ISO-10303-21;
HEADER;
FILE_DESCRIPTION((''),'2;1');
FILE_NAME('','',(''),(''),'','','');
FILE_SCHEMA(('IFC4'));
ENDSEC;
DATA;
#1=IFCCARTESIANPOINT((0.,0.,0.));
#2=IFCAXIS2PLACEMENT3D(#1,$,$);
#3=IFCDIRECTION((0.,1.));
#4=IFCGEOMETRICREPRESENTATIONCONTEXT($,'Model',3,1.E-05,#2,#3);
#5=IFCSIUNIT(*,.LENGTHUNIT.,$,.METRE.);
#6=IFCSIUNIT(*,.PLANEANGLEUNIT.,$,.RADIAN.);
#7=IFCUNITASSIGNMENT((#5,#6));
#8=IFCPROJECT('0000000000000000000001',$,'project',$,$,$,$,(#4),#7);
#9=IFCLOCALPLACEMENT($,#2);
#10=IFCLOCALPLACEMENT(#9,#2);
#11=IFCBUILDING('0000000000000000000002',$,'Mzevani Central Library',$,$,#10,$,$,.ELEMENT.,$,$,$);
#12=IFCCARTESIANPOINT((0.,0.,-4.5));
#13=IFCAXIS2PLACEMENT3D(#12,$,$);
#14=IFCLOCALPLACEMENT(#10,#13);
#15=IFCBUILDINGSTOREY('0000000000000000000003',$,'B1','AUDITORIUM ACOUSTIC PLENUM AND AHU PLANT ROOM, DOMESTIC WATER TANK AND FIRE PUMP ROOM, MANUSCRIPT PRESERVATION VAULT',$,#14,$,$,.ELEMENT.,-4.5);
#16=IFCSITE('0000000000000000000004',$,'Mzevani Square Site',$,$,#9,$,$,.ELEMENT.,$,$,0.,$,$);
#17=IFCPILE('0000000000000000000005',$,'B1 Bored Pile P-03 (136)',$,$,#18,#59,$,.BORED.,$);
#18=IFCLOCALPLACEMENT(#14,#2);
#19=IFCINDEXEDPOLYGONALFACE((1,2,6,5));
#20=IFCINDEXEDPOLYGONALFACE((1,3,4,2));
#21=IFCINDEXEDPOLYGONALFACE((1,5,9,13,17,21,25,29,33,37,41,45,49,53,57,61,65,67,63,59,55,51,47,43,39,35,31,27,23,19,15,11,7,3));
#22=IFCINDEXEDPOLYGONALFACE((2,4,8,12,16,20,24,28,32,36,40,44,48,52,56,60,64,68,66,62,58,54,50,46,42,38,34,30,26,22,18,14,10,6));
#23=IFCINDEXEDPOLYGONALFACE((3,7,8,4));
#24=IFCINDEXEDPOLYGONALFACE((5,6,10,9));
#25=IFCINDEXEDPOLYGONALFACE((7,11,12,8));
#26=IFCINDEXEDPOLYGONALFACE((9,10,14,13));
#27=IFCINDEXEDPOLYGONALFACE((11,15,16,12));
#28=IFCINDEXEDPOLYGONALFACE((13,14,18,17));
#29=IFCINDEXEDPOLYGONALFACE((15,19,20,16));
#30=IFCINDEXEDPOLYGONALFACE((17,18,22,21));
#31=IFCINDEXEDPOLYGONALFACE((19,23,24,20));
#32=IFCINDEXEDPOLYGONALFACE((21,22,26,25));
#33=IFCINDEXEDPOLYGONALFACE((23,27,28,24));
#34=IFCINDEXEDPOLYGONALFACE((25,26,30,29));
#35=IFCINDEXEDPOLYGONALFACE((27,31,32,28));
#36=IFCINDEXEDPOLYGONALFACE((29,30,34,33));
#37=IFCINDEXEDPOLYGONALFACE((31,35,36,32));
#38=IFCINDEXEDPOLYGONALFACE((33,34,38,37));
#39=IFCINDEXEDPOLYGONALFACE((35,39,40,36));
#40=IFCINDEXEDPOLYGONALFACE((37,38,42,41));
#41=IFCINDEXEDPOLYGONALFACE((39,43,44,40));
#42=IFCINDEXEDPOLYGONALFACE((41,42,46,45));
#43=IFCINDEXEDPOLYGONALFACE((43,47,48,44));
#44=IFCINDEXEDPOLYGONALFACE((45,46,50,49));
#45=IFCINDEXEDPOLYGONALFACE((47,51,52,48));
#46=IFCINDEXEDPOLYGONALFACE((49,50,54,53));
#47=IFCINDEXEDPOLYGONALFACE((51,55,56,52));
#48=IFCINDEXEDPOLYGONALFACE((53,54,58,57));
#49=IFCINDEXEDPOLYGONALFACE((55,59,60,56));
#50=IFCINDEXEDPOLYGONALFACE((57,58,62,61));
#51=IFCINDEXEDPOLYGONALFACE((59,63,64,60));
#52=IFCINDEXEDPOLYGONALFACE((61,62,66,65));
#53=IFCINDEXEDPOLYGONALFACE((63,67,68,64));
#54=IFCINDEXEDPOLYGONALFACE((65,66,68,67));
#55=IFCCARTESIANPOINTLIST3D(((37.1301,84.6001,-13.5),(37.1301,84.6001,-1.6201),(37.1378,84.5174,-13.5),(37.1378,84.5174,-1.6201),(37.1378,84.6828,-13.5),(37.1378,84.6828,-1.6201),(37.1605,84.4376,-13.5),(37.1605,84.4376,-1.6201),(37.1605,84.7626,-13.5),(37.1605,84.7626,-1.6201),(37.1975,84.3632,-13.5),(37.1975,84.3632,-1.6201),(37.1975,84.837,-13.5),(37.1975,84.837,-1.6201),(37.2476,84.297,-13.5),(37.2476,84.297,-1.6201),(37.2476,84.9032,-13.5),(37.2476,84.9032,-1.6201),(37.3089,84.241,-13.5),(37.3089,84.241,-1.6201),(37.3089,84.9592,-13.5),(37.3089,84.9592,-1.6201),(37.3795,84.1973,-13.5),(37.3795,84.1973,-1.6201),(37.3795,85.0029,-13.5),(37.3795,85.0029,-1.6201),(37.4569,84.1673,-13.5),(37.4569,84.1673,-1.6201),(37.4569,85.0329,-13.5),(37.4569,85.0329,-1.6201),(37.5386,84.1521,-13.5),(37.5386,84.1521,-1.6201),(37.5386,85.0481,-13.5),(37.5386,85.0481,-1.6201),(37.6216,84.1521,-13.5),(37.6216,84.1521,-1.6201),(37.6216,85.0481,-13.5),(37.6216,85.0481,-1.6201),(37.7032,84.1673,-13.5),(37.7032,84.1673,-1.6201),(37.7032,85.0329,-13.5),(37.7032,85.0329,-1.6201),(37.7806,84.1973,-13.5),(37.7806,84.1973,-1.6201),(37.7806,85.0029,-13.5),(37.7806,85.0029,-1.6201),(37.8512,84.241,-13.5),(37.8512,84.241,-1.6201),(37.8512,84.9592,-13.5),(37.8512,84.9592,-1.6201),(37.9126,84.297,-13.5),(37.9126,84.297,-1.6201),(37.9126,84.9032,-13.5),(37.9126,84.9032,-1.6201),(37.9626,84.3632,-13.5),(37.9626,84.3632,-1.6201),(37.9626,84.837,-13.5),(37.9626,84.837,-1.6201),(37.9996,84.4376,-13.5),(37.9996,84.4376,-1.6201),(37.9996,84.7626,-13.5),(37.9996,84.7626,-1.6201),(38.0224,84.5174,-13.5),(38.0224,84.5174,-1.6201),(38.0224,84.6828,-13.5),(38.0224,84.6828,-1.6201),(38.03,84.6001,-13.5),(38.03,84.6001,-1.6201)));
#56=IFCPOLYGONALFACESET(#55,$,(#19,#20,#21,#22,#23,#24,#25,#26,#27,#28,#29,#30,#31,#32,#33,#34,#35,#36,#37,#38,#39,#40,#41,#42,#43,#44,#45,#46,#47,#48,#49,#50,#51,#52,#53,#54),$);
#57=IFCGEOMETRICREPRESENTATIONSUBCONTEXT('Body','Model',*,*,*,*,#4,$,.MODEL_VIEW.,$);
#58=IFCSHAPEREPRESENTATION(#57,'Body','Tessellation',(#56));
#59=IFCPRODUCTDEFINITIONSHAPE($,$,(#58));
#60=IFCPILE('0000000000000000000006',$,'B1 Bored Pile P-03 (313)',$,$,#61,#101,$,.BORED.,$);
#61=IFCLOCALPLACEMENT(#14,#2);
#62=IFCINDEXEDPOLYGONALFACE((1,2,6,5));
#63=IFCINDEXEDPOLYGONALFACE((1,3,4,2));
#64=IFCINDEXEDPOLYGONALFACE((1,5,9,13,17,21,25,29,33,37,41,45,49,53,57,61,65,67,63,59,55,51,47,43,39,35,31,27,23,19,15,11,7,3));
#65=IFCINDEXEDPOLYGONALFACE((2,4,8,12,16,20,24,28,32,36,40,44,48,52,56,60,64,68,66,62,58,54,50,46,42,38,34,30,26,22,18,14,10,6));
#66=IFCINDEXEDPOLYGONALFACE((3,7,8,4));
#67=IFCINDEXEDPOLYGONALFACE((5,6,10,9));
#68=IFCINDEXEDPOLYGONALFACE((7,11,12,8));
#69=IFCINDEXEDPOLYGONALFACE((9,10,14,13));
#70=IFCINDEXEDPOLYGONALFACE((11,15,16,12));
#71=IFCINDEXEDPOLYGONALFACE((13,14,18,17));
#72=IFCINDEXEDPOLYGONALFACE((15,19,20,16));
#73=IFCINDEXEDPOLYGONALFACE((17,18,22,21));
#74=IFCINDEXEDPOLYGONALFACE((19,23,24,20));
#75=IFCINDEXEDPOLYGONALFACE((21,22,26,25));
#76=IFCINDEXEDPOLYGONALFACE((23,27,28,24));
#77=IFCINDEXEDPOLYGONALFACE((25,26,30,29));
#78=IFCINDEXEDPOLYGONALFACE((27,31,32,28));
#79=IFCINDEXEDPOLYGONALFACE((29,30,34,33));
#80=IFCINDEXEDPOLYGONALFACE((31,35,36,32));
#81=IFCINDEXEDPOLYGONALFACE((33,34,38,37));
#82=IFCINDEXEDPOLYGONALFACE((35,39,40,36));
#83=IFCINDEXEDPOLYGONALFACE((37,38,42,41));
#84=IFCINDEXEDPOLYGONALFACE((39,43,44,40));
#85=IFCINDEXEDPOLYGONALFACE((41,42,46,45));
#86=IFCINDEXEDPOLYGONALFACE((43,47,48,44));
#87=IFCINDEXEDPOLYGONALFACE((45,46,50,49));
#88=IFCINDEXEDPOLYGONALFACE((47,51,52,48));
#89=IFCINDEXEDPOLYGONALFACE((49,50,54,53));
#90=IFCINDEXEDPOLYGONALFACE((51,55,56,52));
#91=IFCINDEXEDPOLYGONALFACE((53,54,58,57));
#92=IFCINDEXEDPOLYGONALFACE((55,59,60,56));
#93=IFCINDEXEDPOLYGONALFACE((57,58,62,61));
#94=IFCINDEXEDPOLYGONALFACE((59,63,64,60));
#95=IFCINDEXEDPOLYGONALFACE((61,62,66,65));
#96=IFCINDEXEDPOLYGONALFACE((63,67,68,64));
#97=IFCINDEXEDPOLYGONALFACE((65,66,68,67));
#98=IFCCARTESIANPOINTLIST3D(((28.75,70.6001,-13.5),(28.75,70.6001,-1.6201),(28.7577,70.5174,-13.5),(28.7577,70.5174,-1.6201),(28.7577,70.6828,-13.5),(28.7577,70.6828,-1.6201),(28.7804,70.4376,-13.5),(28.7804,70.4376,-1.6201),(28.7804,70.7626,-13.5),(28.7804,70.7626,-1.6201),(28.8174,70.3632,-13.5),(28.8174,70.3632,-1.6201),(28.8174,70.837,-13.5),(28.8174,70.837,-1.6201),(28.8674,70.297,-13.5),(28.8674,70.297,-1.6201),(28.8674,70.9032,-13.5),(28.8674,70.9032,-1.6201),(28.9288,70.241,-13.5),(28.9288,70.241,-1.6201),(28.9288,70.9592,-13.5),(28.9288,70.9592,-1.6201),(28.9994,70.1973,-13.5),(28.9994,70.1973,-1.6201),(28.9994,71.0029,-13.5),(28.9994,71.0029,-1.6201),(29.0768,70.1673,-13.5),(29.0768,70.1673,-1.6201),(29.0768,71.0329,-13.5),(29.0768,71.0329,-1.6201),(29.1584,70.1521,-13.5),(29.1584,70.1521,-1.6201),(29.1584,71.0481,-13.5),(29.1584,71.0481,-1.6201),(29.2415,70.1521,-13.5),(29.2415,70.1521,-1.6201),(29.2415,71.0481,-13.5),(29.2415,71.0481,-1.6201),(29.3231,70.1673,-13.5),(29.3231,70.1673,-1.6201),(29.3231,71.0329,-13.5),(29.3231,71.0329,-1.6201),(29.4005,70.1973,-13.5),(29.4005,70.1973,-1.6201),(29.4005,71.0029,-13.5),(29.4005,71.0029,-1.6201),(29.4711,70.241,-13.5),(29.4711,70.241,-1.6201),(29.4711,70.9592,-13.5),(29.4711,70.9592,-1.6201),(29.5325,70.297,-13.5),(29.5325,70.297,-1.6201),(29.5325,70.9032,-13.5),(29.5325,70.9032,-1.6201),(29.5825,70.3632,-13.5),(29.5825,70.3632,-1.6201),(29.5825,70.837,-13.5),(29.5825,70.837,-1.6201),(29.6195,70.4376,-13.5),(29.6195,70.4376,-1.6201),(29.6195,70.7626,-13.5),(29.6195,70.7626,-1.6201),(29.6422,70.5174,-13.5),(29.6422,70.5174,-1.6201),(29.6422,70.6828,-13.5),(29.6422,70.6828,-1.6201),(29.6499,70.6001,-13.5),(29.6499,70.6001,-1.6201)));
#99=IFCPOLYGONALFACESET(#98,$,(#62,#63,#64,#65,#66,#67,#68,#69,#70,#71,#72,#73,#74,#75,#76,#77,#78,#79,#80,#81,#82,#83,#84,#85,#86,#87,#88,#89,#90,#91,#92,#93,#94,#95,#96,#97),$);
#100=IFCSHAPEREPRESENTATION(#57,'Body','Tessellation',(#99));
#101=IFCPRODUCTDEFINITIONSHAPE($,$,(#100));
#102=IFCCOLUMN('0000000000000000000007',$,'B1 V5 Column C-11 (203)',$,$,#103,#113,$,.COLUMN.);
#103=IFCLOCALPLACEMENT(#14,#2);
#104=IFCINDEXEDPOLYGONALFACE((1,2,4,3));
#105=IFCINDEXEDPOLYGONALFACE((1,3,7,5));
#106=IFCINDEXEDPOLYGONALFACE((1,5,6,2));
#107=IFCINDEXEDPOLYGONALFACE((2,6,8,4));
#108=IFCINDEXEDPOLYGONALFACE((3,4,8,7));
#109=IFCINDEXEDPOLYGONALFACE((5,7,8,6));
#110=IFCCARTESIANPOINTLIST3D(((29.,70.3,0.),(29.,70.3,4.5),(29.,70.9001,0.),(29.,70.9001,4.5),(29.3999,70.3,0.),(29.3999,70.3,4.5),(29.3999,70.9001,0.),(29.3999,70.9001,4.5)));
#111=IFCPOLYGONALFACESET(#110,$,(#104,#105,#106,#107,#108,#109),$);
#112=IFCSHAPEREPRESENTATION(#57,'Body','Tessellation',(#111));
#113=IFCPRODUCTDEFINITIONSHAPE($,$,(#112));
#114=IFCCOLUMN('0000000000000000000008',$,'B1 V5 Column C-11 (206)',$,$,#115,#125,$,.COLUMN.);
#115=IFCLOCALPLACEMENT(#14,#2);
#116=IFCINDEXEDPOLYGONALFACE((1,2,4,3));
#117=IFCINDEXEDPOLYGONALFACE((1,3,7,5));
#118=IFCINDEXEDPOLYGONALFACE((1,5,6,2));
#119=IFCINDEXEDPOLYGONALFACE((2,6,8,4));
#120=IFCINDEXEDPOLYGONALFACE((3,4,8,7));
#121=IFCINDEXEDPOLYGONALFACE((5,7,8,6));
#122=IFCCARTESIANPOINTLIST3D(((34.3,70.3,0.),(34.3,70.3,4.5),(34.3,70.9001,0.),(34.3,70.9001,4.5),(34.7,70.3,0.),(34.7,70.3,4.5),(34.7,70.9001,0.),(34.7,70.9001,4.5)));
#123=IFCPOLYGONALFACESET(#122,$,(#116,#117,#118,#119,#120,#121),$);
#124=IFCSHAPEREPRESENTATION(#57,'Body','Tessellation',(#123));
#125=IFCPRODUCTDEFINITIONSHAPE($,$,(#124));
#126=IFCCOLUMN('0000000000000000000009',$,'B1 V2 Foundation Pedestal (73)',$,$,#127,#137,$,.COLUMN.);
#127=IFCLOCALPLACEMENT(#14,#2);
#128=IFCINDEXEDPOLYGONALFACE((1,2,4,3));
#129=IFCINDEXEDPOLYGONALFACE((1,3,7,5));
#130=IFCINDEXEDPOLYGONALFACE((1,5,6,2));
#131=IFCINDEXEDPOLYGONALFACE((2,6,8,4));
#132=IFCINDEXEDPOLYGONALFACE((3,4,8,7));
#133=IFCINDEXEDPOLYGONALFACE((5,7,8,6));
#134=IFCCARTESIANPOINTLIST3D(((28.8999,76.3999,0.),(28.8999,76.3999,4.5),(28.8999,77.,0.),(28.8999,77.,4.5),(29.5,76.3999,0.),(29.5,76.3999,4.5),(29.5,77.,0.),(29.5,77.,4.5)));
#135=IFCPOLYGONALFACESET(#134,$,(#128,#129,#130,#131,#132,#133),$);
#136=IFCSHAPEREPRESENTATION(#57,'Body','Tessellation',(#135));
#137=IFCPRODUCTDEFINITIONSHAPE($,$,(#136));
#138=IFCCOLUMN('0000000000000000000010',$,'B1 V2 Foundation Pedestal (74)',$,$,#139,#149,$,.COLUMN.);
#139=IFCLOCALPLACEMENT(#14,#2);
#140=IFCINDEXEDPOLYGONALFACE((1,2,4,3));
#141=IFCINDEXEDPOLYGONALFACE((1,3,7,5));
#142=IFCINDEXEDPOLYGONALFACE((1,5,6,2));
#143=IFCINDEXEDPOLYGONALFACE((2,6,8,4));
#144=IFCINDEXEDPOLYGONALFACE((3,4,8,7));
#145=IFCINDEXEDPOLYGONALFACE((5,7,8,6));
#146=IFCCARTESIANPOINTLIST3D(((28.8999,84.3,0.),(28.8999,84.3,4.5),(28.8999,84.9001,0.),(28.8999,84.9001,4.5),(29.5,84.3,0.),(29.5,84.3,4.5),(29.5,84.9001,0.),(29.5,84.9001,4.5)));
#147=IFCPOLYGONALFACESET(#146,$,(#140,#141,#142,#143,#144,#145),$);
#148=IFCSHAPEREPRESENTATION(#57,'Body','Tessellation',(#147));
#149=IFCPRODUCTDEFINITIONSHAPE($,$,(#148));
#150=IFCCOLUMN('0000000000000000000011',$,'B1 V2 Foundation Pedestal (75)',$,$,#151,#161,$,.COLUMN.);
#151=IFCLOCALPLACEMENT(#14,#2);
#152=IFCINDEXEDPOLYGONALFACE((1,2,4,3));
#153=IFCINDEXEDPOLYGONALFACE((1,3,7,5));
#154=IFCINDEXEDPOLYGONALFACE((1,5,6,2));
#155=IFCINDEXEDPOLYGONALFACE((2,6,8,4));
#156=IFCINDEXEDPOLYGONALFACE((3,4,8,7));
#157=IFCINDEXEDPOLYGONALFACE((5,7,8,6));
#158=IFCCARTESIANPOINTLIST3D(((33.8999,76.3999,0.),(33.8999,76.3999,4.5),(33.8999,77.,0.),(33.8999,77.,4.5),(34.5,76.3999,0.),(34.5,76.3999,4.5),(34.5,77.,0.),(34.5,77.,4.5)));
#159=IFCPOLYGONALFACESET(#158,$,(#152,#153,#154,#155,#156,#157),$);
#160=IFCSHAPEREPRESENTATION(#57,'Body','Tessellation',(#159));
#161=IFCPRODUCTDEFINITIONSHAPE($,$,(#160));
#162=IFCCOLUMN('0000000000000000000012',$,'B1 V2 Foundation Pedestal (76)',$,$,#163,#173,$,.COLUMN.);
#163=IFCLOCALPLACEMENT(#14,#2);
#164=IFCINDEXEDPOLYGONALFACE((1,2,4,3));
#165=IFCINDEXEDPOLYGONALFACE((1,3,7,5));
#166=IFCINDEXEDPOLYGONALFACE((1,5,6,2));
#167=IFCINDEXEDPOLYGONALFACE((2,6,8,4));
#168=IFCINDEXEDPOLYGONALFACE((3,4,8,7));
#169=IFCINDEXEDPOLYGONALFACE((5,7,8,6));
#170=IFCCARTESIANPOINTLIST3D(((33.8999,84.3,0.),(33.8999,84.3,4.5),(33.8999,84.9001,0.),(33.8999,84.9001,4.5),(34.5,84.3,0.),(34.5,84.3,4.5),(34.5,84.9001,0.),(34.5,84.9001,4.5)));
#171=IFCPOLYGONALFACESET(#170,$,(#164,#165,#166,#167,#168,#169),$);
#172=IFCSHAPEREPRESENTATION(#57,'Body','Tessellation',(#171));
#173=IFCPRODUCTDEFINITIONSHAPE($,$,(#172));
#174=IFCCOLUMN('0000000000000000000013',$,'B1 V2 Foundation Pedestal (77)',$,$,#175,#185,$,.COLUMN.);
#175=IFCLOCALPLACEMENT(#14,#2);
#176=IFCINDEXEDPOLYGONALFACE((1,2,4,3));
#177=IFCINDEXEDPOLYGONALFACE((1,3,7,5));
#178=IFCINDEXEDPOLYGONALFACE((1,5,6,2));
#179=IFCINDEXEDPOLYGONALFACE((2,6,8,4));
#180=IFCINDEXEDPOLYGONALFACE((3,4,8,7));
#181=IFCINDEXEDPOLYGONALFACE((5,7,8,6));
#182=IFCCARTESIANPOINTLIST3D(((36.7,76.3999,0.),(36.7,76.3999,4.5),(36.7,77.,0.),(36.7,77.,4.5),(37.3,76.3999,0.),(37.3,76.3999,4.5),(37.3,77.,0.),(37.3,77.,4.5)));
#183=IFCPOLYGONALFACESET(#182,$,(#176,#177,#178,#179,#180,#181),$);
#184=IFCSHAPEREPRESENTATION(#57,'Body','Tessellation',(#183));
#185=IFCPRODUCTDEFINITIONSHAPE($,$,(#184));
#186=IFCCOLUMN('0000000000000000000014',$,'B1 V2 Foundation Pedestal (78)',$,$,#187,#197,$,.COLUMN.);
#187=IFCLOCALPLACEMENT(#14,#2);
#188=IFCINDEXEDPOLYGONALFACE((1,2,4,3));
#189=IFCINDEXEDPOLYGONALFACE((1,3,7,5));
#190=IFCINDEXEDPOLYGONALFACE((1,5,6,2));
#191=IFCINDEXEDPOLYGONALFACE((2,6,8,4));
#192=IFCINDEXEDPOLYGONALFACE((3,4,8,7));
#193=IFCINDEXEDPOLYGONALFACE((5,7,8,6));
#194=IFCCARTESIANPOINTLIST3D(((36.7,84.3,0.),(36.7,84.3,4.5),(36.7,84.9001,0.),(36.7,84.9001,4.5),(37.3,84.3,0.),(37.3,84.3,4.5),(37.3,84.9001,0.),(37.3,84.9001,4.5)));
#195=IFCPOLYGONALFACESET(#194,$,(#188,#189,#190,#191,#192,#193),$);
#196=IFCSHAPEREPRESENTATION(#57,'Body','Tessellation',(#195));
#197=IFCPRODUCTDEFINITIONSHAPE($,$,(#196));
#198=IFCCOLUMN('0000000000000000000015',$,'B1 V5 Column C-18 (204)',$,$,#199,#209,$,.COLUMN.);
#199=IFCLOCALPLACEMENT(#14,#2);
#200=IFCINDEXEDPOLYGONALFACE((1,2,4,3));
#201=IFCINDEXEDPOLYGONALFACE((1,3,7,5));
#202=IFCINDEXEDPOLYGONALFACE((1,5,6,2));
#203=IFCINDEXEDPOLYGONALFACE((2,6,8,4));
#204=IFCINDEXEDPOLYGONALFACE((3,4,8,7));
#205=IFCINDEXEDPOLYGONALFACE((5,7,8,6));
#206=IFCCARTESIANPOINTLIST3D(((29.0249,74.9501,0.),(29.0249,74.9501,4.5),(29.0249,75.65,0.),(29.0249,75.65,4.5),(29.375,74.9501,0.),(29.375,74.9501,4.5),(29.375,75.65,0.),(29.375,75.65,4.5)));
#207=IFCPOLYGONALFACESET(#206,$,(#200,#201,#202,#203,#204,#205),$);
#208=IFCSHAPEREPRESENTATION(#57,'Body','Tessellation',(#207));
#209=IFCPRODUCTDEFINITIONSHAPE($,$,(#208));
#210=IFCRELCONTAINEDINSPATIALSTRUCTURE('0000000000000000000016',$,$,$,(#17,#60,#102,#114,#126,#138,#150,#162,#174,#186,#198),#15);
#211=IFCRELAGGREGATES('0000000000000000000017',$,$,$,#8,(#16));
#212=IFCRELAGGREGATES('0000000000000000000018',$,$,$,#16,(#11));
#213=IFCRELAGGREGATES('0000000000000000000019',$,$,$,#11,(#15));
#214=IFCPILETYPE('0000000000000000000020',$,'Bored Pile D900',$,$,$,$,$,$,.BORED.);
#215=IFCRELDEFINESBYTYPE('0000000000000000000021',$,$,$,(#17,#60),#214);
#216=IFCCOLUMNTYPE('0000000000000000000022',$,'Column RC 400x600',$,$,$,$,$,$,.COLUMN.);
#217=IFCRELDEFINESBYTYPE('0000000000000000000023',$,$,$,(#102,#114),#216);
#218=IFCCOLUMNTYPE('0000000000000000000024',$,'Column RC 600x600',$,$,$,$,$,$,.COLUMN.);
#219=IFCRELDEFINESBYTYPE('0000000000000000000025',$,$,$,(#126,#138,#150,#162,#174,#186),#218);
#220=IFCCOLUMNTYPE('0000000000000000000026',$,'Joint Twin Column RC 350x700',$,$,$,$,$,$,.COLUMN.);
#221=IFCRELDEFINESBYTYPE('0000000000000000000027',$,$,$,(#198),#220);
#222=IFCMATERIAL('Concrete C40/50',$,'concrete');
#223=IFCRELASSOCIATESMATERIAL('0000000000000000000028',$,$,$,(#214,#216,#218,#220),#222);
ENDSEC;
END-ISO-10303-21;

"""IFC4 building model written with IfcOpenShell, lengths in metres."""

from ifc_helpers import new_model, si_unit, direction, frame, origin, origin_2d, place, context, subcontext, project, spatial, rectangle, circle, extrude, material, material_profile, profile_set, type_object, element, save


model = new_model("IFC4")

# Units and contexts
model_context = context("Model", 3, precision=1e-05, world=origin(), true_north=direction((0.0, 1.0)))
body_context = subcontext(model_context, "Body", "Model", "MODEL_VIEW")
ifc_project = project(units=[si_unit("LENGTHUNIT", "METRE"), si_unit("PLANEANGLEUNIT", "RADIAN")], contexts=[model_context])

# Site, building, storey
site_placement = place(None, origin())
site = spatial("IfcSite", under=ifc_project, at=site_placement, Name="Mzevani Square Site", CompositionType="ELEMENT", RefElevation=0.0)
building_placement = place(site_placement, origin())
building = spatial("IfcBuilding", under=site, at=building_placement, Name="Mzevani Central Library", CompositionType="ELEMENT")
storey_placement = place(building_placement, frame((0.0, 0.0, -4.5)))
storey = spatial("IfcBuildingStorey", under=building, at=storey_placement, Name="B1", Description="AUDITORIUM ACOUSTIC PLENUM AND AHU PLANT ROOM, DOMESTIC WATER TANK AND FIRE PUMP ROOM, MANUSCRIPT PRESERVATION VAULT", CompositionType="ELEMENT", Elevation=-4.5)

# Piles
ifc_material_1 = material(Name="Concrete C40/50", Category="concrete")
ifc_material_profile_1 = material_profile(ifc_material_1, circle(Radius=0.45, at=origin_2d()), Name="PILE D900")
ifc_profile_set_1 = profile_set([ifc_material_profile_1], Name="Concrete C40/50")
pile_type_1 = type_object("IfcPileType", Name="Bored Pile D900", PredefinedType="BORED", material=ifc_profile_set_1)
for number, where, z_axis, x_axis, name in (
    (1, (37.5801, 84.6001, -1.6201), (0.0, 0.0, -1.0), (1.0, 0.0, 0.0), "B1 Bored Pile P-03 (136)"),
    (2, (29.2, 70.6001, -1.6201), (0.0, 0.0, -1.0), (1.0, 0.0, 0.0), "B1 Bored Pile P-03 (313)"),
):
    element("IfcPile", number, at=place(storey_placement, frame(where, z_axis=z_axis, x_axis=x_axis)), inside=storey, type_object=pile_type_1, Name=name, PredefinedType="BORED", context=body_context, shape_type="SweptSolid", body=[
        extrude(circle(Radius=0.45, at=origin_2d()), origin(), (0.0, 0.0, 1.0), 11.8799),
    ])

# Columns
ifc_material_profile_2 = material_profile(ifc_material_1, rectangle(XDim=0.3999, YDim=0.6001, at=origin_2d()), Name="RC 400x600")
ifc_profile_set_2 = profile_set([ifc_material_profile_2], Name="Concrete C40/50")
column_type_1 = type_object("IfcColumnType", Name="Column RC 400x600", PredefinedType="COLUMN", material=ifc_profile_set_2)
for number, where, z_axis, x_axis, name in (
    (3, (29.2, 70.6001, 0.0), (0.0, 0.0, 1.0), (1.0, 0.0, 0.0), "B1 V5 Column C-11 (203)"),
    (4, (34.5, 70.6001, 0.0), (0.0, 0.0, 1.0), (1.0, 0.0, 0.0), "B1 V5 Column C-11 (206)"),
):
    element("IfcColumn", number, at=place(storey_placement, frame(where, z_axis=z_axis, x_axis=x_axis)), inside=storey, type_object=column_type_1, Name=name, PredefinedType="COLUMN", context=body_context, shape_type="SweptSolid", body=[
        extrude(rectangle(XDim=0.3999, YDim=0.6001, at=origin_2d()), origin(), (0.0, 0.0, 1.0), 4.5),
    ])
ifc_material_profile_3 = material_profile(ifc_material_1, rectangle(XDim=0.6001, YDim=0.6001, at=origin_2d()), Name="RC 600x600")
ifc_profile_set_3 = profile_set([ifc_material_profile_3], Name="Concrete C40/50")
column_type_2 = type_object("IfcColumnType", Name="Column RC 600x600", PredefinedType="COLUMN", material=ifc_profile_set_3)
for number, where, z_axis, x_axis, name in (
    (5, (29.2, 76.7, 0.0), (0.0, 0.0, 1.0), (1.0, 0.0, 0.0), "B1 V2 Foundation Pedestal (73)"),
    (6, (29.2, 84.6001, 0.0), (0.0, 0.0, 1.0), (1.0, 0.0, 0.0), "B1 V2 Foundation Pedestal (74)"),
    (7, (34.2, 76.7, 0.0), (0.0, 0.0, 1.0), (1.0, 0.0, 0.0), "B1 V2 Foundation Pedestal (75)"),
    (8, (34.2, 84.6001, 0.0), (0.0, 0.0, 1.0), (1.0, 0.0, 0.0), "B1 V2 Foundation Pedestal (76)"),
    (9, (37.0, 76.7, 0.0), (0.0, 0.0, 1.0), (1.0, 0.0, 0.0), "B1 V2 Foundation Pedestal (77)"),
    (10, (37.0, 84.6001, 0.0), (0.0, 0.0, 1.0), (1.0, 0.0, 0.0), "B1 V2 Foundation Pedestal (78)"),
):
    element("IfcColumn", number, at=place(storey_placement, frame(where, z_axis=z_axis, x_axis=x_axis)), inside=storey, type_object=column_type_2, Name=name, PredefinedType="COLUMN", context=body_context, shape_type="SweptSolid", body=[
        extrude(rectangle(XDim=0.6001, YDim=0.6001, at=origin_2d()), origin(), (0.0, 0.0, 1.0), 4.5),
    ])
ifc_material_profile_4 = material_profile(ifc_material_1, rectangle(XDim=0.3501, YDim=0.7, at=origin_2d()), Name="RC 350x700")
ifc_profile_set_4 = profile_set([ifc_material_profile_4], Name="Concrete C40/50")
column_type_3 = type_object("IfcColumnType", Name="Joint Twin Column RC 350x700", PredefinedType="COLUMN", material=ifc_profile_set_4)
for number, where, z_axis, x_axis, name in (
    (11, (29.2, 75.3, 0.0), (0.0, 0.0, 1.0), (1.0, 0.0, 0.0), "B1 V5 Column C-18 (204)"),
):
    element("IfcColumn", number, at=place(storey_placement, frame(where, z_axis=z_axis, x_axis=x_axis)), inside=storey, type_object=column_type_3, Name=name, PredefinedType="COLUMN", context=body_context, shape_type="SweptSolid", body=[
        extrude(rectangle(XDim=0.3501, YDim=0.7, at=origin_2d()), origin(), (0.0, 0.0, 1.0), 4.5),
    ])

save(model, "model.ifc")
